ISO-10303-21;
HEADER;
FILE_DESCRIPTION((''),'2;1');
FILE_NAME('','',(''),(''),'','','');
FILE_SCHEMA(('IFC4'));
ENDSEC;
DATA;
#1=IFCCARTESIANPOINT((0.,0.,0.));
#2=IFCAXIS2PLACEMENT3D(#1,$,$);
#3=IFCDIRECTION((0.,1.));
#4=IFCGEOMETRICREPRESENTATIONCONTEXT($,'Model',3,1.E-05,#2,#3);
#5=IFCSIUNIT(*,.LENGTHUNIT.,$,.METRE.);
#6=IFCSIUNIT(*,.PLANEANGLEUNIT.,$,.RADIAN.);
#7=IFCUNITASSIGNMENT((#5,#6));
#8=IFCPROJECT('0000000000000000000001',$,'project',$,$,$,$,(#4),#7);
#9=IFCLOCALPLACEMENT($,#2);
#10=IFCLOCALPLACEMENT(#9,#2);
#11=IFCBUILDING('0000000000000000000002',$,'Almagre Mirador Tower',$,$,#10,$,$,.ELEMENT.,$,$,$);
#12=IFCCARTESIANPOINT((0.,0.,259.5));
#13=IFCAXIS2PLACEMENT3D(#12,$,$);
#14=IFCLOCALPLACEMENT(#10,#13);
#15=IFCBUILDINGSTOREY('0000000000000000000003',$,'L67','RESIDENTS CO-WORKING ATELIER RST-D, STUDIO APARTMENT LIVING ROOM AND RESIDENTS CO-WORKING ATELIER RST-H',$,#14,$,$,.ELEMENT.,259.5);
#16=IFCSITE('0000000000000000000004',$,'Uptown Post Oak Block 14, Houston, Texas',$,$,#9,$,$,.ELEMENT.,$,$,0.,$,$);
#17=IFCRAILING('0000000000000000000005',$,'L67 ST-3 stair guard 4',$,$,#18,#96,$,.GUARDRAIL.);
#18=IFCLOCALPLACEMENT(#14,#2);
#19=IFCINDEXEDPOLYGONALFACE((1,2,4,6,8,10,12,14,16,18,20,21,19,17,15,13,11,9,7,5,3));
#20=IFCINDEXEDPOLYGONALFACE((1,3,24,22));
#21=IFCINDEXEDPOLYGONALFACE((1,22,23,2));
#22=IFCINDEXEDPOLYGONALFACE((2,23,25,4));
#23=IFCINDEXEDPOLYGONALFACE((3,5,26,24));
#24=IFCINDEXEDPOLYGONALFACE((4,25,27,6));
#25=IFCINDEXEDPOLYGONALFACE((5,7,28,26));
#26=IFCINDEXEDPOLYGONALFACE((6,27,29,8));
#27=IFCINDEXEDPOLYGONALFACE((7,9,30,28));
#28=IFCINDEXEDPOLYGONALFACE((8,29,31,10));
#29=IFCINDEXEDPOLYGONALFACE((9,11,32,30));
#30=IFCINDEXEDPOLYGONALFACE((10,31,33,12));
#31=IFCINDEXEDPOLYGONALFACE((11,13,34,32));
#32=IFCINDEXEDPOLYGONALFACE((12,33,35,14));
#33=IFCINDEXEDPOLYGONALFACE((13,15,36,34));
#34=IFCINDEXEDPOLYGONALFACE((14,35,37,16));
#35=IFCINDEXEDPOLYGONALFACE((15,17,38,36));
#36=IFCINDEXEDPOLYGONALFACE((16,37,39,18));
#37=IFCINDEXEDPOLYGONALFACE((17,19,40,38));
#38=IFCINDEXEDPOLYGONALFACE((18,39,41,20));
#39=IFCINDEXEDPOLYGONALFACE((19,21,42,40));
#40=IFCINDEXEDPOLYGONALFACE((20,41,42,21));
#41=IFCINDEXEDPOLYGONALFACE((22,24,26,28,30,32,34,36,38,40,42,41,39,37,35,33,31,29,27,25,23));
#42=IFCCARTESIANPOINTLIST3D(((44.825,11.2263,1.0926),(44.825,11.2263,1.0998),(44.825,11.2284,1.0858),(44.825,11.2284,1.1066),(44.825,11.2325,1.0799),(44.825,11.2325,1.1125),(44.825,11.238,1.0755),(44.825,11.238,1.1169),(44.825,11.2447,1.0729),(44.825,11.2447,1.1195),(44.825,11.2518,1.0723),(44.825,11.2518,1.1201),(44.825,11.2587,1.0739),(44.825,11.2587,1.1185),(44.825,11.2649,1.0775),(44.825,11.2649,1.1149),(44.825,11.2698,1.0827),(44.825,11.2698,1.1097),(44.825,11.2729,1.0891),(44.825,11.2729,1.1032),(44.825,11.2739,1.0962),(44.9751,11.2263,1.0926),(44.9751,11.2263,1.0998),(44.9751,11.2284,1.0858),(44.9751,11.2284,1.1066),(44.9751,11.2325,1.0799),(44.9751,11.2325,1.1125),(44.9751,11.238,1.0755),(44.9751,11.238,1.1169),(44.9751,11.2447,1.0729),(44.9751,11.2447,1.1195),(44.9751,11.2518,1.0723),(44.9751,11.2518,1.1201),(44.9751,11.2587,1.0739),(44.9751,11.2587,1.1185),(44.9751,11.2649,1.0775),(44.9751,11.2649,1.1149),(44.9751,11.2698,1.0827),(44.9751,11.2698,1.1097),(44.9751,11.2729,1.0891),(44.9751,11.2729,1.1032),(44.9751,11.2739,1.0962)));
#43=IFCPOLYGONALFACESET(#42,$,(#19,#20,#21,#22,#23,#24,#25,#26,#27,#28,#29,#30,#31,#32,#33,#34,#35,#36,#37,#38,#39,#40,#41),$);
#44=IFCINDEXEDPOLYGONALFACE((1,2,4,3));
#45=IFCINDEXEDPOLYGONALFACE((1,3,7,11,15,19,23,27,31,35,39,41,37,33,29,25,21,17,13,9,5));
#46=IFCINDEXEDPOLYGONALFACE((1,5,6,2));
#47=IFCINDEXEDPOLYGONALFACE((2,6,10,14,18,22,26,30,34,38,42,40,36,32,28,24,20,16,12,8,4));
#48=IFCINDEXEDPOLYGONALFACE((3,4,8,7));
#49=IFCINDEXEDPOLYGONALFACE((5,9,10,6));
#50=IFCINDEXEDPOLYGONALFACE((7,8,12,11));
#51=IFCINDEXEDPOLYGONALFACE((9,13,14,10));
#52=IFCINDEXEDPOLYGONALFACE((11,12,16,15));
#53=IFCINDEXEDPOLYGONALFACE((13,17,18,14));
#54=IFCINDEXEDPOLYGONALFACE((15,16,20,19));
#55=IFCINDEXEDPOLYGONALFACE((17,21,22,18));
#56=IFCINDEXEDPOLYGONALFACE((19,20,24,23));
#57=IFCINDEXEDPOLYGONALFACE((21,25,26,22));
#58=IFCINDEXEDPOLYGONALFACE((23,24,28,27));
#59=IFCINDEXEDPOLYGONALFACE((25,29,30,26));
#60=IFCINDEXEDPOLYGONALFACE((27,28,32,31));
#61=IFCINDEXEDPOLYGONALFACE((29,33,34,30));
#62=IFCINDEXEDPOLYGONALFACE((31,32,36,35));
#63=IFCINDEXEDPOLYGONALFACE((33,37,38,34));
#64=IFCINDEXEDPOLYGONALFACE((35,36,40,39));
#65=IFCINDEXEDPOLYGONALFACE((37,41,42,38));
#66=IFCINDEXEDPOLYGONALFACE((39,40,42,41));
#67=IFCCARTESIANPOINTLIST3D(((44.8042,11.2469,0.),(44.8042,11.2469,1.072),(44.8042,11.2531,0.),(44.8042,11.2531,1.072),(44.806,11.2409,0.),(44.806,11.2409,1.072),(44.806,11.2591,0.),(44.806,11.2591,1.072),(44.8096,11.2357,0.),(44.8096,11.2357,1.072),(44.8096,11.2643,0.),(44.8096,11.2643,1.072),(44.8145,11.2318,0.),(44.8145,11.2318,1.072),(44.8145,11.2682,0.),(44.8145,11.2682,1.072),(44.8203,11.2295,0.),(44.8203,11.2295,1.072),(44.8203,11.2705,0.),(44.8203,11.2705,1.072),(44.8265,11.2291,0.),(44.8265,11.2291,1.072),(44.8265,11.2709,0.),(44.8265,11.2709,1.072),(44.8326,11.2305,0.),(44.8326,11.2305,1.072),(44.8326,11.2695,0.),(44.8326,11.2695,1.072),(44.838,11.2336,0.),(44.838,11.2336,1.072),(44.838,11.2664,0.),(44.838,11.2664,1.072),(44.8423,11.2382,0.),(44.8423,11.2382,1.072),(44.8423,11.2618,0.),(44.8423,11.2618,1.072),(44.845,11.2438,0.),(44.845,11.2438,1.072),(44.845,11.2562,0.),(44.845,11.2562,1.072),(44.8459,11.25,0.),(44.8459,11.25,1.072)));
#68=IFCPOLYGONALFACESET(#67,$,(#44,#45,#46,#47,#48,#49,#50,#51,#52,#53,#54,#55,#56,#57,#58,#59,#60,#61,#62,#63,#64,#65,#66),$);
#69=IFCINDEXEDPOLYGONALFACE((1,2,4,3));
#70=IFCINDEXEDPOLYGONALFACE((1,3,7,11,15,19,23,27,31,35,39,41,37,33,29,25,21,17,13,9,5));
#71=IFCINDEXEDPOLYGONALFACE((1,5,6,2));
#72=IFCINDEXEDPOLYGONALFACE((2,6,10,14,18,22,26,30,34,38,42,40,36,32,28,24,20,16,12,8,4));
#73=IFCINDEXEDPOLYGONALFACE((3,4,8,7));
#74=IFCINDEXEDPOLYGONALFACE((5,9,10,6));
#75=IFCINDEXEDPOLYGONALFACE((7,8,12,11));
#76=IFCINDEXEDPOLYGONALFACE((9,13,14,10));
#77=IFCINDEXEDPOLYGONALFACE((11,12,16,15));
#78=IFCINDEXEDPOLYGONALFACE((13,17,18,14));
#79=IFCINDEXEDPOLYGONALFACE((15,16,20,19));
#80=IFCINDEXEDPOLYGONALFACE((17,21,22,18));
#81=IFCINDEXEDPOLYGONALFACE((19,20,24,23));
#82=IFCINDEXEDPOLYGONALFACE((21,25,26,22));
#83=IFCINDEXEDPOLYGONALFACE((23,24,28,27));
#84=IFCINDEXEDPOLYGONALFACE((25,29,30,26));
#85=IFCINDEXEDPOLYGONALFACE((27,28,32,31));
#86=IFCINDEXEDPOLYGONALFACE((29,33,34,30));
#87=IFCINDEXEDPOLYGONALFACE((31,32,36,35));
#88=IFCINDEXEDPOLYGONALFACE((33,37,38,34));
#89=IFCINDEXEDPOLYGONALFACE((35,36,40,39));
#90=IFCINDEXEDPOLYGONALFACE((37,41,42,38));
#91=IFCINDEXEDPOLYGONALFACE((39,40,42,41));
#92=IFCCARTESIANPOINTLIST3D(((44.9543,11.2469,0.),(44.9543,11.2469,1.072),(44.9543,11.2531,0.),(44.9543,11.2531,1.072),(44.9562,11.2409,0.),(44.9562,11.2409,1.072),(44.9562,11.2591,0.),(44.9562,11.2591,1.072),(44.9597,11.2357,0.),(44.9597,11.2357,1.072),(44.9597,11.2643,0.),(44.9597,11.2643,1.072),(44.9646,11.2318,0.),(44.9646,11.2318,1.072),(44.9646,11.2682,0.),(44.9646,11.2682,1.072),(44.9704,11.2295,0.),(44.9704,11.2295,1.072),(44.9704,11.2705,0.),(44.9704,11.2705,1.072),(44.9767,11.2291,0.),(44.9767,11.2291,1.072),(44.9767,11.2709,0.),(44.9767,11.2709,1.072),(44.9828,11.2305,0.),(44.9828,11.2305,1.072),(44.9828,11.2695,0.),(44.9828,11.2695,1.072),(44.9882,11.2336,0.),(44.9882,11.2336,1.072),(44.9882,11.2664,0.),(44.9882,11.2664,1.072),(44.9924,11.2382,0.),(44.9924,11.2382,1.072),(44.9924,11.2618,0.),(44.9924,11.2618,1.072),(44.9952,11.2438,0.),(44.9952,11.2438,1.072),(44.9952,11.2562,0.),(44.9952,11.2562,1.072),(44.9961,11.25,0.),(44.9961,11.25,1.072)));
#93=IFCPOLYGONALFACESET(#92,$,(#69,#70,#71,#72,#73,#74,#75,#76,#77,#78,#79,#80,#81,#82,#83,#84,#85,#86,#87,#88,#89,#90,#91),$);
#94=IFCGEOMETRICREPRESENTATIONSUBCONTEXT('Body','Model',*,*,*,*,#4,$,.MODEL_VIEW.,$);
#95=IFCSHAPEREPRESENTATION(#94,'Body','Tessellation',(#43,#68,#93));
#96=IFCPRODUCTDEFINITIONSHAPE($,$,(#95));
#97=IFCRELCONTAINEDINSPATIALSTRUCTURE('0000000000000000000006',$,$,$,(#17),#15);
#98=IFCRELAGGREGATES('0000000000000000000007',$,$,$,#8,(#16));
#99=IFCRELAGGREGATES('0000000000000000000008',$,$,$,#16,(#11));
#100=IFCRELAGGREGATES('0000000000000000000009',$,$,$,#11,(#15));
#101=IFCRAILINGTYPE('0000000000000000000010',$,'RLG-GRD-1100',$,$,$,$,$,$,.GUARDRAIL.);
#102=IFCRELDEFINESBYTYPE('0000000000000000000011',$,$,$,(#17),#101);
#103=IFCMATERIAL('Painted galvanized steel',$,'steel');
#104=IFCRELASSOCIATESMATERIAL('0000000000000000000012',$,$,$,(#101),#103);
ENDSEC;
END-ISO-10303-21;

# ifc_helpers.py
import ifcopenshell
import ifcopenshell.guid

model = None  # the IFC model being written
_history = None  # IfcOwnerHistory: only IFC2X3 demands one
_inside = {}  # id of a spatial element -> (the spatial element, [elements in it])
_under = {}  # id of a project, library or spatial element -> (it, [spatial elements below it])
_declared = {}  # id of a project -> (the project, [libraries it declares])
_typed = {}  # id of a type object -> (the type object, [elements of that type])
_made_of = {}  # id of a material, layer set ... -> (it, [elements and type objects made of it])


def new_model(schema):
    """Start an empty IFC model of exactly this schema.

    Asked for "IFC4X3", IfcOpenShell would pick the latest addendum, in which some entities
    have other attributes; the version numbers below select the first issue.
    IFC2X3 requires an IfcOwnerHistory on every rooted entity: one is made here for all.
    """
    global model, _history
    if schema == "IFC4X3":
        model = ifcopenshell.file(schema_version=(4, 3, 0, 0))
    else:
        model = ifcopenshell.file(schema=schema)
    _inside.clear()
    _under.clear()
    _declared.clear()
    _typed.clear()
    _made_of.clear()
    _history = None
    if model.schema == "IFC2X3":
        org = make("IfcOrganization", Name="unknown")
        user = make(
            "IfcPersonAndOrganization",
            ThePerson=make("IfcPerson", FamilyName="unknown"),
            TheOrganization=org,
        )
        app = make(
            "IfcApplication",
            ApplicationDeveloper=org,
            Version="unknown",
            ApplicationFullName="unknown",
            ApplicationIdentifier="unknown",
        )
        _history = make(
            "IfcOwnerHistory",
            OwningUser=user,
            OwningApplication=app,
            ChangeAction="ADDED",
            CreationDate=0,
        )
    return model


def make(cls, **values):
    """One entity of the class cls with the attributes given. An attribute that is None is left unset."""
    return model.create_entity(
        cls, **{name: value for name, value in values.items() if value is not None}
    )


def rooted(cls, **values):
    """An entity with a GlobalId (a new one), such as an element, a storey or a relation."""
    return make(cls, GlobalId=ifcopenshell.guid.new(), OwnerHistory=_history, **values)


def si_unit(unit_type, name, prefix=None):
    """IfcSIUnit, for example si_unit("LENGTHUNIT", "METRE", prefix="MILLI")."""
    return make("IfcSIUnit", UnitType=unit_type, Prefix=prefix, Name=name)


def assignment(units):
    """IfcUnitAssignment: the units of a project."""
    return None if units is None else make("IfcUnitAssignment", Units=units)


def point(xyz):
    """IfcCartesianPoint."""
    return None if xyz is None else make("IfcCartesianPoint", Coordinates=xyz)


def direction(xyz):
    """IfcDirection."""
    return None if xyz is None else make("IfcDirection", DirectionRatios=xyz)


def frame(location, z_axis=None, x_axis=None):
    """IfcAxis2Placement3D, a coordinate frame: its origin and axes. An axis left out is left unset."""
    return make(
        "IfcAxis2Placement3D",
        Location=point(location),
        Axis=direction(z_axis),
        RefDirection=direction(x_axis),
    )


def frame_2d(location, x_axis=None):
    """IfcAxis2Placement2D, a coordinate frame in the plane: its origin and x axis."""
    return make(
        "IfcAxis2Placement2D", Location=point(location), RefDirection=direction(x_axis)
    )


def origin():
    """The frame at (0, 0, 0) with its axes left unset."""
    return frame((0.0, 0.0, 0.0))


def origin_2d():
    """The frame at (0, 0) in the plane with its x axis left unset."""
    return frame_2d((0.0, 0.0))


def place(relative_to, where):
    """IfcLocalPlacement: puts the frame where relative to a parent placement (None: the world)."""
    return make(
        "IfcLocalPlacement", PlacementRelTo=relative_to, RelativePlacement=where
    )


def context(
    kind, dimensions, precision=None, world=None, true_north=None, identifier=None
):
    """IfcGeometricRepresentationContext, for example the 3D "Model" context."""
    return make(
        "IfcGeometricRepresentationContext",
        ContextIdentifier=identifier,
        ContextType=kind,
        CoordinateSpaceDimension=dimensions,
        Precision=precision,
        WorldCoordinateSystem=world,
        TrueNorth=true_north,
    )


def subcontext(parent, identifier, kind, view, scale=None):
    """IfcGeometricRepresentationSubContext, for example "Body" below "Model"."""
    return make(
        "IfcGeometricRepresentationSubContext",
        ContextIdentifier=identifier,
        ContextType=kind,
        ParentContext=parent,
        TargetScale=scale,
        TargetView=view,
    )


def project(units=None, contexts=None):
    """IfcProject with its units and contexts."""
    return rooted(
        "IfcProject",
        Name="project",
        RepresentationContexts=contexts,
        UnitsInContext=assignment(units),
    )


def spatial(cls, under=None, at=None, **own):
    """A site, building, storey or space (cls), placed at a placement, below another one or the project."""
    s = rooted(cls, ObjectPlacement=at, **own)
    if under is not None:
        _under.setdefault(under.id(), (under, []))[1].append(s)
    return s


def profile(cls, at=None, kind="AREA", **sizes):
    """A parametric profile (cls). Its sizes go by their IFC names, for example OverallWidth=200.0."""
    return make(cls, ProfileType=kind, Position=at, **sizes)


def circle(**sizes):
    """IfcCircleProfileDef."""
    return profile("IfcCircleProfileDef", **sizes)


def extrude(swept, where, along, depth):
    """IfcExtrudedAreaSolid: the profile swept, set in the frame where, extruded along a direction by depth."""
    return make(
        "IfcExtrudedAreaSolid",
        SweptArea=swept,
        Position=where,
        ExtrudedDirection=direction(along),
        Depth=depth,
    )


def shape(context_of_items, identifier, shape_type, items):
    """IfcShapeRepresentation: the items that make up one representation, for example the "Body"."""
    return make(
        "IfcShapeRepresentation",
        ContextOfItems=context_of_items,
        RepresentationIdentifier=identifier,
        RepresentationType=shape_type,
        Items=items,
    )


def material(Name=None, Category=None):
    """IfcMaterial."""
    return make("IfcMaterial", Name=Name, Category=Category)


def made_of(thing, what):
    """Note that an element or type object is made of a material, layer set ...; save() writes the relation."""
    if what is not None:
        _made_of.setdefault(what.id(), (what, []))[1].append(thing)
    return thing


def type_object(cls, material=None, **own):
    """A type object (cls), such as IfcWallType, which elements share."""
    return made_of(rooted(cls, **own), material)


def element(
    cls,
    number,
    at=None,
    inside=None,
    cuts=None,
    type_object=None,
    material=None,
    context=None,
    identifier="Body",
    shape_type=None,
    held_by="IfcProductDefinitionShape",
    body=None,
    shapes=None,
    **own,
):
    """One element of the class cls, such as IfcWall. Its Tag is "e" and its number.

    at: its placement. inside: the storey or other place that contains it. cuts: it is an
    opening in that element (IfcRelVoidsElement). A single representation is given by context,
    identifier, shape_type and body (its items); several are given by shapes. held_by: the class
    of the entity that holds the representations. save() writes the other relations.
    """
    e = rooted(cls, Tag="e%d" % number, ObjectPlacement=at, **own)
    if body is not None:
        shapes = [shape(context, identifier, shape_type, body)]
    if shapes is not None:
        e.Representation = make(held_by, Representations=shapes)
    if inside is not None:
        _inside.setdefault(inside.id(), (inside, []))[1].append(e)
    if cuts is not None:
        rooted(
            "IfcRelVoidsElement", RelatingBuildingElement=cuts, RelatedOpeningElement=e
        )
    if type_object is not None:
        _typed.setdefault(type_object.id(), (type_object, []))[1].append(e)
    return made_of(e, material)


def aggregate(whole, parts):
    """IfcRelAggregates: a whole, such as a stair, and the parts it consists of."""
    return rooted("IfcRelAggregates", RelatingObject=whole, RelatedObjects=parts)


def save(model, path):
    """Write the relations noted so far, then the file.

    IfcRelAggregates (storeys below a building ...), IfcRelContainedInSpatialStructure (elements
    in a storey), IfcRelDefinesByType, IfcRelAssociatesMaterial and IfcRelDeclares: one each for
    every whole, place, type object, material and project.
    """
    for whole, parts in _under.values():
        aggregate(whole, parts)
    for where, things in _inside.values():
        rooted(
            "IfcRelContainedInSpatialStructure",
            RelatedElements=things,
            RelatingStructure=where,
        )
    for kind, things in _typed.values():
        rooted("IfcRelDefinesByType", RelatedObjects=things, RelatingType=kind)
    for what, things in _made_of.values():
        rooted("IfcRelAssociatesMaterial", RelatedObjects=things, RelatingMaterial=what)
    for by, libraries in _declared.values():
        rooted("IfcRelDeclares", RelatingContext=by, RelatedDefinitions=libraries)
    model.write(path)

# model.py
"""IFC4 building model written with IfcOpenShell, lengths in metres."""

from ifc_helpers import new_model, si_unit, direction, frame, origin, origin_2d, place, context, subcontext, project, spatial, circle, extrude, material, type_object, element, save


model = new_model("IFC4")

# Units and contexts
model_context = context("Model", 3, precision=1e-05, world=origin(), true_north=direction((0.0, 1.0)))
body_context = subcontext(model_context, "Body", "Model", "MODEL_VIEW")
ifc_project = project(units=[si_unit("LENGTHUNIT", "METRE"), si_unit("PLANEANGLEUNIT", "RADIAN")], contexts=[model_context])

# Site, building, storey
site_placement = place(None, origin())
site = spatial("IfcSite", under=ifc_project, at=site_placement, Name="Uptown Post Oak Block 14, Houston, Texas", CompositionType="ELEMENT", RefElevation=0.0)
building_placement = place(site_placement, origin())
building = spatial("IfcBuilding", under=site, at=building_placement, Name="Almagre Mirador Tower", CompositionType="ELEMENT")
storey_placement = place(building_placement, frame((0.0, 0.0, 259.5)))
storey = spatial("IfcBuildingStorey", under=building, at=storey_placement, Name="L67", Description="RESIDENTS CO-WORKING ATELIER RST-D, STUDIO APARTMENT LIVING ROOM AND RESIDENTS CO-WORKING ATELIER RST-H", CompositionType="ELEMENT", Elevation=259.5)

# Railing
ifc_material_1 = material(Name="Painted galvanized steel", Category="steel")
railing_type_1 = type_object("IfcRailingType", Name="RLG-GRD-1100", PredefinedType="GUARDRAIL", material=ifc_material_1)
railing_1_placement = place(storey_placement, frame((44.825, 11.25, 0.0)))
element("IfcRailing", 1, at=railing_1_placement, inside=storey, type_object=railing_type_1, Name="L67 ST-3 stair guard 4", PredefinedType="GUARDRAIL", context=body_context, shape_type="SweptSolid", body=[
    extrude(circle(Radius=0.0239, at=origin_2d()), frame((0.0, 0.0, 1.0962), z_axis=(1.0, 0.0, 0.0), x_axis=(0.0, 1.0, 0.0)), (0.0, 0.0, 1.0), 0.1501),
    extrude(circle(Radius=0.021, at=origin_2d()), origin(), (0.0, 0.0, 1.0), 1.072),
    extrude(circle(Radius=0.021, at=origin_2d()), frame((0.1501, 0.0, 0.0)), (0.0, 0.0, 1.0), 1.072),
])

save(model, "model.ifc")
